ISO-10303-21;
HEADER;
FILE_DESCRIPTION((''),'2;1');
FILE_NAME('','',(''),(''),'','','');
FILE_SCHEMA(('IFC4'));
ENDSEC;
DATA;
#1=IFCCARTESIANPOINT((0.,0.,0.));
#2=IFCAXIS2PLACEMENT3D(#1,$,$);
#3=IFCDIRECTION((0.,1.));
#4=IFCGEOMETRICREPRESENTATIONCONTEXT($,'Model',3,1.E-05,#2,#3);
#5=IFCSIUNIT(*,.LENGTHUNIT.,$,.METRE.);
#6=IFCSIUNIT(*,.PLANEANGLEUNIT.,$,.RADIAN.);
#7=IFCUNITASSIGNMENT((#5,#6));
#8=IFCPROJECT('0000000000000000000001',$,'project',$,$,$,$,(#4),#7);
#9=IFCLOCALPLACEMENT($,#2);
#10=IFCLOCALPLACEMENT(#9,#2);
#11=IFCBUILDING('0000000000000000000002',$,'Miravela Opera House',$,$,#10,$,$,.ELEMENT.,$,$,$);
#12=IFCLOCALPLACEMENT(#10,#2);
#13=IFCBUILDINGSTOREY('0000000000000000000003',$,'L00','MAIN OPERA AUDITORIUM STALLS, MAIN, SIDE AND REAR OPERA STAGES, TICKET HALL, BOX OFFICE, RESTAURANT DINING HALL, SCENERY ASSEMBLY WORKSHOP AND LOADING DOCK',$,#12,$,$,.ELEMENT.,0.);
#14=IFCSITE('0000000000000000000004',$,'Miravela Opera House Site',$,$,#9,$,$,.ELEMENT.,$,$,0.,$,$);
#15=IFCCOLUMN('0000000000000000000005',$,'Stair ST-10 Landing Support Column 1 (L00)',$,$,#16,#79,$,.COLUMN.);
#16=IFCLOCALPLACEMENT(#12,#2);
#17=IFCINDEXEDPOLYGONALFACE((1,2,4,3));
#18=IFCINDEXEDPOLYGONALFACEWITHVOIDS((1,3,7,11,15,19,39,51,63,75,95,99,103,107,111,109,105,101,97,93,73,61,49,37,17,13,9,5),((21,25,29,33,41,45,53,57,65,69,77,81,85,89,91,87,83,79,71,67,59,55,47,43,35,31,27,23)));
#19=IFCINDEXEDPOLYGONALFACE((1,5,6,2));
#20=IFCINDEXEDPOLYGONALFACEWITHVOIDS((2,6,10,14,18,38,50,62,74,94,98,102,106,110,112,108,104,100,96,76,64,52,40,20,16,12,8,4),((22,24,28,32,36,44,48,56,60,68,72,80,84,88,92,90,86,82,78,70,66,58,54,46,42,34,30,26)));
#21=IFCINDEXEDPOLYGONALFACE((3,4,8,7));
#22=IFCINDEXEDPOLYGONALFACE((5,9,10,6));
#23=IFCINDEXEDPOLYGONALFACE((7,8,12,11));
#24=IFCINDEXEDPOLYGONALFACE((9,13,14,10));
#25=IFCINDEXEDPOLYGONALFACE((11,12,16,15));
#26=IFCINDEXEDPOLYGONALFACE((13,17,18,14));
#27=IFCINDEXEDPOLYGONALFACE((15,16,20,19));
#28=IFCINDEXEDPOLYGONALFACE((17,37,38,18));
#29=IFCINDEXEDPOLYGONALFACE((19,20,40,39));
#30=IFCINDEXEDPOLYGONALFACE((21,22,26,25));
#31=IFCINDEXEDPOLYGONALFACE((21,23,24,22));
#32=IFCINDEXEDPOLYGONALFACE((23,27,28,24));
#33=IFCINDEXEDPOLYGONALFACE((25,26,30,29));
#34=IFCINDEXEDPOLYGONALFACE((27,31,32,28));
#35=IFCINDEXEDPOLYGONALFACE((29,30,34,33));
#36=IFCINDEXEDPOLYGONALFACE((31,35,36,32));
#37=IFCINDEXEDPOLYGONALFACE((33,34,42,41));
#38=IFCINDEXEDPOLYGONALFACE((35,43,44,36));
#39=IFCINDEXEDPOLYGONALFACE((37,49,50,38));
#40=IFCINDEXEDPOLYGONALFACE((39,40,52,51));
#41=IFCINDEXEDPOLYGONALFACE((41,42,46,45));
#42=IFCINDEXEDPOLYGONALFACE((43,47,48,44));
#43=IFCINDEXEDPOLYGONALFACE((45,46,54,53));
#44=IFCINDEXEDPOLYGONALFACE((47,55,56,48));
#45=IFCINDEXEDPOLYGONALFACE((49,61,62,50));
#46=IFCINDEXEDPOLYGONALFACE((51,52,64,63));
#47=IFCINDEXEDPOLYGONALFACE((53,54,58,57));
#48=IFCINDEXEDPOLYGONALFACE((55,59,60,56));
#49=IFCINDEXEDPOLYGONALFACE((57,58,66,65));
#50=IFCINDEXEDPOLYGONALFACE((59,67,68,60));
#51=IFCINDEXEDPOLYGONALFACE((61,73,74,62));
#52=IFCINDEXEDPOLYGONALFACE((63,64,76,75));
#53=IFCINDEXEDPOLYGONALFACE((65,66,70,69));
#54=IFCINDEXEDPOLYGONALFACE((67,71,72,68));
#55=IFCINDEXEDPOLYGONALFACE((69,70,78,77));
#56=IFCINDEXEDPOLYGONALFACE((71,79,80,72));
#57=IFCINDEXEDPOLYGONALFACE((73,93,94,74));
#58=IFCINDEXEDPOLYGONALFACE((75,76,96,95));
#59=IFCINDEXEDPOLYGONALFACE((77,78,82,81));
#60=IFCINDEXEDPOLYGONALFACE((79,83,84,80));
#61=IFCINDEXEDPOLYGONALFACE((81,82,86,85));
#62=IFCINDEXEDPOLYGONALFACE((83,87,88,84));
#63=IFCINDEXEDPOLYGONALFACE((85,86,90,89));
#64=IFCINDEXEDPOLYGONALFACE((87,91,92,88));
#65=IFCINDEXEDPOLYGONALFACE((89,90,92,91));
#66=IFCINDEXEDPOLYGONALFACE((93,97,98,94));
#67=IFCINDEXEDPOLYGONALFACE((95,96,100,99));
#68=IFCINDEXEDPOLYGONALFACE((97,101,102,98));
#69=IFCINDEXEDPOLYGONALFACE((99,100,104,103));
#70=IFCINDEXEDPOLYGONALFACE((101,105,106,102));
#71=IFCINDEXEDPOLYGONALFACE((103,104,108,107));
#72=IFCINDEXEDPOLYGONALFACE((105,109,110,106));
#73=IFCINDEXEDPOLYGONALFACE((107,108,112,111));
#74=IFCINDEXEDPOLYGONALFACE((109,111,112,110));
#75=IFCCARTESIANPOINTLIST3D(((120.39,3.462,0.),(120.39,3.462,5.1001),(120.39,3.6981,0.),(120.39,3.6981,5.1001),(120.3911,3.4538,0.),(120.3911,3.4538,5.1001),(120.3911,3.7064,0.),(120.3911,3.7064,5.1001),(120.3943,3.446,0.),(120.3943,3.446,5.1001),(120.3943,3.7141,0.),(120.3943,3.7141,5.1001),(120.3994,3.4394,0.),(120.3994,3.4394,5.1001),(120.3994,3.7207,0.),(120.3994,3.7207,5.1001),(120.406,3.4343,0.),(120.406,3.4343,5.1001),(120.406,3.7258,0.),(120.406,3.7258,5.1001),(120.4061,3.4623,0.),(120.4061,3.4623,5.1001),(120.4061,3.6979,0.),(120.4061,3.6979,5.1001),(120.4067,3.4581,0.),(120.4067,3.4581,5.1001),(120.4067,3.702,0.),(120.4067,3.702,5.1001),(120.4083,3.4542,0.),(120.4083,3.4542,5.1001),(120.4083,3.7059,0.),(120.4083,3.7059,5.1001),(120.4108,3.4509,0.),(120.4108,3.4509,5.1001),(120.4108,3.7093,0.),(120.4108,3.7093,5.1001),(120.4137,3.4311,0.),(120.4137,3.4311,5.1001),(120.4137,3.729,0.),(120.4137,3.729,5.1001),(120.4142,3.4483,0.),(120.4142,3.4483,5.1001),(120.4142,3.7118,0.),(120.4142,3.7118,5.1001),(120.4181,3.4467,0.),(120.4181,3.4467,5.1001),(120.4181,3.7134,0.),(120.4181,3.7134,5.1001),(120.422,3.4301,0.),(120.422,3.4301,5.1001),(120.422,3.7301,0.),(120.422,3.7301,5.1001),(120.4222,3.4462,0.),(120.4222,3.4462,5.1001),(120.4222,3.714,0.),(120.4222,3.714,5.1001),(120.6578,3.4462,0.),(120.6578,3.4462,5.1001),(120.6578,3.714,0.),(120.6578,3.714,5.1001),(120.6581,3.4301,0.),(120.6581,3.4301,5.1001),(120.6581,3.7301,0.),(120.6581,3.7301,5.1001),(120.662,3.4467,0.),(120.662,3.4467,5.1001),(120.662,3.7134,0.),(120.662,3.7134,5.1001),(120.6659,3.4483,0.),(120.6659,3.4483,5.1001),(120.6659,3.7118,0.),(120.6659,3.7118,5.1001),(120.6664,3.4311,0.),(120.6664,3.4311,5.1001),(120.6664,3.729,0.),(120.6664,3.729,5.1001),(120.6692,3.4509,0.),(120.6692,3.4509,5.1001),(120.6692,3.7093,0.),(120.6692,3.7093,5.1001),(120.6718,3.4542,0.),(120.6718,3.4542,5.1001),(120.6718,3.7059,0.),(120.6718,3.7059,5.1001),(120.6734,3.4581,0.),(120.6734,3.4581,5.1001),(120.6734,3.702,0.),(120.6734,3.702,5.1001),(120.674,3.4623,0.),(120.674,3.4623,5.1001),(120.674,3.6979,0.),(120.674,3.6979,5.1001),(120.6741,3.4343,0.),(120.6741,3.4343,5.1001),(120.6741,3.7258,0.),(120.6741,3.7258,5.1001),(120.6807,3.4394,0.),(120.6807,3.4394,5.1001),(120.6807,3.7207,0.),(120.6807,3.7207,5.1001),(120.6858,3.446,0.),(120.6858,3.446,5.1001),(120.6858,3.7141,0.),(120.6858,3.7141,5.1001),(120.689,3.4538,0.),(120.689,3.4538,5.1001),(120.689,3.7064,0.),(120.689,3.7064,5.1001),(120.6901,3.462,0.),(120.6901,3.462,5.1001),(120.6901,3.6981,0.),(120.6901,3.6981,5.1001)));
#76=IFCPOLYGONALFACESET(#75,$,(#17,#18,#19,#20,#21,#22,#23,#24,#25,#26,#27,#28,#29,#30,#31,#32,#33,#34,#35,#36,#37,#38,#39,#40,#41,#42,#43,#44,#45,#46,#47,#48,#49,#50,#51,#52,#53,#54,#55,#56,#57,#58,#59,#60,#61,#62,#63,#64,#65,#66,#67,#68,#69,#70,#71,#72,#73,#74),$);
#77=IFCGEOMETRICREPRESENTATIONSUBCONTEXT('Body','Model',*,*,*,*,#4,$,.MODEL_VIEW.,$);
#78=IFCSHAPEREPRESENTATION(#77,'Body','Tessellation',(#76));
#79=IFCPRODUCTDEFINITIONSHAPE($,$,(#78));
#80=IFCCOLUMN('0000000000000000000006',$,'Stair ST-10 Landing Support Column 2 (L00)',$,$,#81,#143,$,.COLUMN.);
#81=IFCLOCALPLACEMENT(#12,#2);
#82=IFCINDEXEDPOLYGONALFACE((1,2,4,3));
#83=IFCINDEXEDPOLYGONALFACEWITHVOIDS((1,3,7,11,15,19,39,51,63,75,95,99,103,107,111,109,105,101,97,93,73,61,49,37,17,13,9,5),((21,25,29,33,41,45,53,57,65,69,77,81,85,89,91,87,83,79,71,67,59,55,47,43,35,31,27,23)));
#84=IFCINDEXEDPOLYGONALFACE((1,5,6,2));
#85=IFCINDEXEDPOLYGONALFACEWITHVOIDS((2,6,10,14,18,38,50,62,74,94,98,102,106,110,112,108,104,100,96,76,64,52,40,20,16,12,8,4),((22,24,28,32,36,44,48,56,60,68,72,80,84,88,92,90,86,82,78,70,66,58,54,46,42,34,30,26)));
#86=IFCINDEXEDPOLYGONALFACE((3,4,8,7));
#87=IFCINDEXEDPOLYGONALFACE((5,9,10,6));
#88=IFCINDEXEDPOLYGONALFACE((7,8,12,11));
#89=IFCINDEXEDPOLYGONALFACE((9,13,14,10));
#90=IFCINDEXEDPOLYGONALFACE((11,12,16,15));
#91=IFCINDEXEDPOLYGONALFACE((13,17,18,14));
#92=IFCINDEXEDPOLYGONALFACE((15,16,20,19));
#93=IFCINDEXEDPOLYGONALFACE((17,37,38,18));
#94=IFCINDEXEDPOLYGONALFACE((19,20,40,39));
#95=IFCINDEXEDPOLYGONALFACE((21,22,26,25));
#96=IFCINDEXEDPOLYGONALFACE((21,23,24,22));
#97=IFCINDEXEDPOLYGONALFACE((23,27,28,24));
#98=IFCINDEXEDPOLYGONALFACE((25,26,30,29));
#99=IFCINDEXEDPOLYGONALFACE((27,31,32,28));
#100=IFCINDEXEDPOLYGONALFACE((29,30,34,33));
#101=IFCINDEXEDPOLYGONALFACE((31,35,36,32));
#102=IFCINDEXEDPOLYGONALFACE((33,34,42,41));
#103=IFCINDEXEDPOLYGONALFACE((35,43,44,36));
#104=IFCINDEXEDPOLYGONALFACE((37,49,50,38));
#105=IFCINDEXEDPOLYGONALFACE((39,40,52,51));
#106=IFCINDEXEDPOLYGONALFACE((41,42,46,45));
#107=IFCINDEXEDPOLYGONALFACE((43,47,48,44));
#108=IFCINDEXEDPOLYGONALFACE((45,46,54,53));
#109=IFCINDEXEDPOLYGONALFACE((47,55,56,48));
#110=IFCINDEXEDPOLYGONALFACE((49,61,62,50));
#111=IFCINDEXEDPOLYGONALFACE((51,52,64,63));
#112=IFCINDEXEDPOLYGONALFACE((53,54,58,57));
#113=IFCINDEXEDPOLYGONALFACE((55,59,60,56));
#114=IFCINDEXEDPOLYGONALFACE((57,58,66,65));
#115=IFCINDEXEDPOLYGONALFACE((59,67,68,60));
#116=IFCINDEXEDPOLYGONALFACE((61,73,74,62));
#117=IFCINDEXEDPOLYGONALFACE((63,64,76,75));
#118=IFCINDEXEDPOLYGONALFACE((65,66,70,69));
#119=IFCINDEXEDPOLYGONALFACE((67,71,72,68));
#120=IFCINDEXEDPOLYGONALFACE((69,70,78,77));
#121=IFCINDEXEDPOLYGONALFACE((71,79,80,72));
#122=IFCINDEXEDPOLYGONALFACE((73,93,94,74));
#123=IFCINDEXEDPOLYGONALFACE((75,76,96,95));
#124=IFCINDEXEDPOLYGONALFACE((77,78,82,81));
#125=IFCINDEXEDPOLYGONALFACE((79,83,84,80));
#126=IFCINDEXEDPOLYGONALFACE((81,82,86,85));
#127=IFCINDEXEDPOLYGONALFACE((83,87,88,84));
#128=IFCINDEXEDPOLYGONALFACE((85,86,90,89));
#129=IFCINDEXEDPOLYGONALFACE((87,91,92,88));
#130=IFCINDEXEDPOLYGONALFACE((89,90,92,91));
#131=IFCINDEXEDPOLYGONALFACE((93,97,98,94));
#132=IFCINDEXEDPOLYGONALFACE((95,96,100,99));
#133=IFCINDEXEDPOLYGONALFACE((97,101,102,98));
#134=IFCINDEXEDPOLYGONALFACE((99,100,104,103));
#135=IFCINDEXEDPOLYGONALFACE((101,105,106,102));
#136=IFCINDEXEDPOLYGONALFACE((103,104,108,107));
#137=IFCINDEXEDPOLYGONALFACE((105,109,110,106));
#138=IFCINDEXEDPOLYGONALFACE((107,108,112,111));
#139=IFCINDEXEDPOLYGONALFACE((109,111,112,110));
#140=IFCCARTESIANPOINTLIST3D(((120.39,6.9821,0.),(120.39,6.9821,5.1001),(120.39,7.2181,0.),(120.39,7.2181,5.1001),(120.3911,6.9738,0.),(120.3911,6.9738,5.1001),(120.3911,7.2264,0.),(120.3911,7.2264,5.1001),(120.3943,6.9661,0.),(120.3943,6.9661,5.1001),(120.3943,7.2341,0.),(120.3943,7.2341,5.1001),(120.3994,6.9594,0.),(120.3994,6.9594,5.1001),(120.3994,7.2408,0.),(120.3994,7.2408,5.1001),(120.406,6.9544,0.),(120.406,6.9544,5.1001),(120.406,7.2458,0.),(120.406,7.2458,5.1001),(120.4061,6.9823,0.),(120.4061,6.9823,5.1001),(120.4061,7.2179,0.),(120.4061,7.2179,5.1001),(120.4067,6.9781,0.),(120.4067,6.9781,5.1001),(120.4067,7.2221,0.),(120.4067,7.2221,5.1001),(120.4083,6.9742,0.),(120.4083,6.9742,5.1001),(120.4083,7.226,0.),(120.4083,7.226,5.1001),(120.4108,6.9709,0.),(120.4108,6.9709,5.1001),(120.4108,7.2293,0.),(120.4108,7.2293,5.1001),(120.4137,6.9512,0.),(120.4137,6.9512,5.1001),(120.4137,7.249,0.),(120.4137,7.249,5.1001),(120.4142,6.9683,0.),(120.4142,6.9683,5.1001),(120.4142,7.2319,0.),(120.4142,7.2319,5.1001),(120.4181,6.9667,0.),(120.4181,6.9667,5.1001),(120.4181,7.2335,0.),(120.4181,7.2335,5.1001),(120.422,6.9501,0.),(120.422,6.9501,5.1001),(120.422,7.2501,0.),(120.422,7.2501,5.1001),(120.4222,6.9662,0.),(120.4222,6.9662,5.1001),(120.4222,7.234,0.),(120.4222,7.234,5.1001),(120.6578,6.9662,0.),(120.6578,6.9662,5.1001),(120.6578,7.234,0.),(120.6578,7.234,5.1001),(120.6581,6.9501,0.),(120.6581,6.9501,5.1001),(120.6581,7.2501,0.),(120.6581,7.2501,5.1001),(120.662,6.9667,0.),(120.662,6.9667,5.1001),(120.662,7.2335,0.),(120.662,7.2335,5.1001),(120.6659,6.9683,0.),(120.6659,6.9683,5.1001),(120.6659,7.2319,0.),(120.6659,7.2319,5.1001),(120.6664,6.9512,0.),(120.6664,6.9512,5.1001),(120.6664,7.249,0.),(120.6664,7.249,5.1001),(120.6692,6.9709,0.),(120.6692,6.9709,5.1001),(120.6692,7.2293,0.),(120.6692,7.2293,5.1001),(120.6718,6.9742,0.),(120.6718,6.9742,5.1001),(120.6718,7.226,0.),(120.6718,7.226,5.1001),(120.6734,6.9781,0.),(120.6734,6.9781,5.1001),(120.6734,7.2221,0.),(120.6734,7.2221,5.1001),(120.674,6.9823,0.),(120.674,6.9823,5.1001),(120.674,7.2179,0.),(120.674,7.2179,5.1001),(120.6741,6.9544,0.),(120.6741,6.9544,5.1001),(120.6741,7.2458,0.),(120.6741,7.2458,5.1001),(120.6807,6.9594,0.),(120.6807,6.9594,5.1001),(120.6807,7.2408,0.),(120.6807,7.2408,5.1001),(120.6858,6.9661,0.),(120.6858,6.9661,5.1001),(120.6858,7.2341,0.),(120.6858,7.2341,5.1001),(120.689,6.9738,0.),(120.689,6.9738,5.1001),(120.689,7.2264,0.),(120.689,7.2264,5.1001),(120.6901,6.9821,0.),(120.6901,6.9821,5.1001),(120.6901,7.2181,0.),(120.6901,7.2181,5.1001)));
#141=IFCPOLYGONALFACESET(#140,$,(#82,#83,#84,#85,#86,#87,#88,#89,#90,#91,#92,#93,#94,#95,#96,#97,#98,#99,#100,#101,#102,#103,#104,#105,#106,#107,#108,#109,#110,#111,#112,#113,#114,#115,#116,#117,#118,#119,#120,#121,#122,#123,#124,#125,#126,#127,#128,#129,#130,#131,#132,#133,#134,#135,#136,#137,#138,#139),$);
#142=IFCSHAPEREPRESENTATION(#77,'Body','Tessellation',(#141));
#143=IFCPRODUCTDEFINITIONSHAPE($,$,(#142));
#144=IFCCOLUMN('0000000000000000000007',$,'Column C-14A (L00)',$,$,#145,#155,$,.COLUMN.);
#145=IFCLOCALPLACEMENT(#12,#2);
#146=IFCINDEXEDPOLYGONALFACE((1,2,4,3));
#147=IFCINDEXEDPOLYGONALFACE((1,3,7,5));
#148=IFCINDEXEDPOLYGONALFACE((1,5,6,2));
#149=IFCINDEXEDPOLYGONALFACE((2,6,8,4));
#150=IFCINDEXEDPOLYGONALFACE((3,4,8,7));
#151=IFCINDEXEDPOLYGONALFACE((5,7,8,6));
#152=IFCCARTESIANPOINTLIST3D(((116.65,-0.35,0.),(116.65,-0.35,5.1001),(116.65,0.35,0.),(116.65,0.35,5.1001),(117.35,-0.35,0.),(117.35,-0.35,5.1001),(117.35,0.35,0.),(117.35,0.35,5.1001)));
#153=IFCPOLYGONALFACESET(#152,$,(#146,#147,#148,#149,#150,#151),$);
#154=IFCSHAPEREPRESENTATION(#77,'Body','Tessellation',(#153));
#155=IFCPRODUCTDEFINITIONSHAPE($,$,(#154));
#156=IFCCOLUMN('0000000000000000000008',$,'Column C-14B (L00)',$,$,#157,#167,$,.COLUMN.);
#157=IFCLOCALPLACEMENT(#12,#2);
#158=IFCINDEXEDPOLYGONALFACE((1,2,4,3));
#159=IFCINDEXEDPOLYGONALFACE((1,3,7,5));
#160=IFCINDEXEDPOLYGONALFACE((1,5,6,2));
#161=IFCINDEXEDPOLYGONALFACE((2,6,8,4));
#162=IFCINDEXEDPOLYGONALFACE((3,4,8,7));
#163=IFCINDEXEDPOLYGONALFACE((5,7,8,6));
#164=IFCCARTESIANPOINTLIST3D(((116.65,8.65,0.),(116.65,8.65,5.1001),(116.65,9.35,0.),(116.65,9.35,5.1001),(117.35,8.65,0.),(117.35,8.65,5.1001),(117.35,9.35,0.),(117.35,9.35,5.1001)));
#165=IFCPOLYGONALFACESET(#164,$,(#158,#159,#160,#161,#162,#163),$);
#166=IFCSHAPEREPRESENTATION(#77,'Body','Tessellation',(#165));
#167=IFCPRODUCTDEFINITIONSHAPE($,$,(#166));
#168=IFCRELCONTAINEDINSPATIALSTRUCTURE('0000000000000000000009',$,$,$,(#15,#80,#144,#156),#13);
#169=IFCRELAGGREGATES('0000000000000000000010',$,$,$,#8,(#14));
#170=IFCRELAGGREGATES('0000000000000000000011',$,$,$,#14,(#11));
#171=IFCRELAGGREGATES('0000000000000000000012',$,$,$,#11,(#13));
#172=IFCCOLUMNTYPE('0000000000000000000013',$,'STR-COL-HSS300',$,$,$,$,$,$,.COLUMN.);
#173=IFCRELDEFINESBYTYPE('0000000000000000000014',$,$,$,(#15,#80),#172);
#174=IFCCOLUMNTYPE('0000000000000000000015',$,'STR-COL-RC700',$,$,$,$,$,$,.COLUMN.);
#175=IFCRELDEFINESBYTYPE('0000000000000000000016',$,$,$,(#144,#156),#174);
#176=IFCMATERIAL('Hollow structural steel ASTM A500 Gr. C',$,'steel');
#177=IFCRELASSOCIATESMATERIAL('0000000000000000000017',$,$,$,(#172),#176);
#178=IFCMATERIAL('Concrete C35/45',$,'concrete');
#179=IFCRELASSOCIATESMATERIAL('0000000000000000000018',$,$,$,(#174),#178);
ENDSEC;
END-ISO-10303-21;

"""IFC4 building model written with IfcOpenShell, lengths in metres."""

from ifc_helpers import new_model, si_unit, direction, frame, origin, origin_2d, place, context, subcontext, project, spatial, rectangle, hollow_rectangle, extrude, material, material_profile, profile_set, type_object, element, save


model = new_model("IFC4")

# Units and contexts
model_context = context("Model", 3, precision=1e-05, world=origin(), true_north=direction((0.0, 1.0)))
body_context = subcontext(model_context, "Body", "Model", "MODEL_VIEW")
ifc_project = project(units=[si_unit("LENGTHUNIT", "METRE"), si_unit("PLANEANGLEUNIT", "RADIAN")], contexts=[model_context])

# Site, building, storey
site_placement = place(None, origin())
site = spatial("IfcSite", under=ifc_project, at=site_placement, Name="Miravela Opera House Site", CompositionType="ELEMENT", RefElevation=0.0)
building_placement = place(site_placement, origin())
building = spatial("IfcBuilding", under=site, at=building_placement, Name="Miravela Opera House", CompositionType="ELEMENT")
storey_placement = place(building_placement, origin())
storey = spatial("IfcBuildingStorey", under=building, at=storey_placement, Name="L00", Description="MAIN OPERA AUDITORIUM STALLS, MAIN, SIDE AND REAR OPERA STAGES, TICKET HALL, BOX OFFICE, RESTAURANT DINING HALL, SCENERY ASSEMBLY WORKSHOP AND LOADING DOCK", CompositionType="ELEMENT", Elevation=0.0)

# Columns
ifc_material_1 = material(Name="Hollow structural steel ASTM A500 Gr. C", Category="steel")
ifc_material_profile_1 = material_profile(ifc_material_1, hollow_rectangle(XDim=0.3, YDim=0.3, WallThickness=0.0161, InnerFilletRadius=0.0161, OuterFilletRadius=0.032, at=origin_2d()), Name="HSS300X300X16")
ifc_profile_set_1 = profile_set([ifc_material_profile_1])
column_type_1 = type_object("IfcColumnType", Name="STR-COL-HSS300", PredefinedType="COLUMN", material=ifc_profile_set_1)
for number, where, z_axis, x_axis, name in (
    (1, (120.54, 3.5801, 0.0), (0.0, 0.0, 1.0), (1.0, 0.0, 0.0), "Stair ST-10 Landing Support Column 1 (L00)"),
    (2, (120.54, 7.1001, 0.0), (0.0, 0.0, 1.0), (1.0, 0.0, 0.0), "Stair ST-10 Landing Support Column 2 (L00)"),
):
    element("IfcColumn", number, at=place(storey_placement, frame(where, z_axis=z_axis, x_axis=x_axis)), inside=storey, type_object=column_type_1, Name=name, PredefinedType="COLUMN", context=body_context, shape_type="SweptSolid", body=[
        extrude(hollow_rectangle(XDim=0.3, YDim=0.3, WallThickness=0.0161, InnerFilletRadius=0.0161, OuterFilletRadius=0.032, at=origin_2d()), origin(), (0.0, 0.0, 1.0), 5.1001),
    ])
ifc_material_2 = material(Name="Concrete C35/45", Category="concrete")
ifc_material_profile_2 = material_profile(ifc_material_2, rectangle(XDim=0.7, YDim=0.7, at=origin_2d()), Name="RC-COL-700X700")
ifc_profile_set_2 = profile_set([ifc_material_profile_2])
column_type_2 = type_object("IfcColumnType", Name="STR-COL-RC700", PredefinedType="COLUMN", material=ifc_profile_set_2)
for number, where, z_axis, x_axis, name in (
    (3, (117.0, 0.0, 0.0), (0.0, 0.0, 1.0), (1.0, 0.0, 0.0), "Column C-14A (L00)"),
    (4, (117.0, 9.0, 0.0), (0.0, 0.0, 1.0), (1.0, 0.0, 0.0), "Column C-14B (L00)"),
):
    element("IfcColumn", number, at=place(storey_placement, frame(where, z_axis=z_axis, x_axis=x_axis)), inside=storey, type_object=column_type_2, Name=name, PredefinedType="COLUMN", context=body_context, shape_type="SweptSolid", body=[
        extrude(rectangle(XDim=0.7, YDim=0.7, at=origin_2d()), origin(), (0.0, 0.0, 1.0), 5.1001),
    ])

save(model, "model.ifc")
